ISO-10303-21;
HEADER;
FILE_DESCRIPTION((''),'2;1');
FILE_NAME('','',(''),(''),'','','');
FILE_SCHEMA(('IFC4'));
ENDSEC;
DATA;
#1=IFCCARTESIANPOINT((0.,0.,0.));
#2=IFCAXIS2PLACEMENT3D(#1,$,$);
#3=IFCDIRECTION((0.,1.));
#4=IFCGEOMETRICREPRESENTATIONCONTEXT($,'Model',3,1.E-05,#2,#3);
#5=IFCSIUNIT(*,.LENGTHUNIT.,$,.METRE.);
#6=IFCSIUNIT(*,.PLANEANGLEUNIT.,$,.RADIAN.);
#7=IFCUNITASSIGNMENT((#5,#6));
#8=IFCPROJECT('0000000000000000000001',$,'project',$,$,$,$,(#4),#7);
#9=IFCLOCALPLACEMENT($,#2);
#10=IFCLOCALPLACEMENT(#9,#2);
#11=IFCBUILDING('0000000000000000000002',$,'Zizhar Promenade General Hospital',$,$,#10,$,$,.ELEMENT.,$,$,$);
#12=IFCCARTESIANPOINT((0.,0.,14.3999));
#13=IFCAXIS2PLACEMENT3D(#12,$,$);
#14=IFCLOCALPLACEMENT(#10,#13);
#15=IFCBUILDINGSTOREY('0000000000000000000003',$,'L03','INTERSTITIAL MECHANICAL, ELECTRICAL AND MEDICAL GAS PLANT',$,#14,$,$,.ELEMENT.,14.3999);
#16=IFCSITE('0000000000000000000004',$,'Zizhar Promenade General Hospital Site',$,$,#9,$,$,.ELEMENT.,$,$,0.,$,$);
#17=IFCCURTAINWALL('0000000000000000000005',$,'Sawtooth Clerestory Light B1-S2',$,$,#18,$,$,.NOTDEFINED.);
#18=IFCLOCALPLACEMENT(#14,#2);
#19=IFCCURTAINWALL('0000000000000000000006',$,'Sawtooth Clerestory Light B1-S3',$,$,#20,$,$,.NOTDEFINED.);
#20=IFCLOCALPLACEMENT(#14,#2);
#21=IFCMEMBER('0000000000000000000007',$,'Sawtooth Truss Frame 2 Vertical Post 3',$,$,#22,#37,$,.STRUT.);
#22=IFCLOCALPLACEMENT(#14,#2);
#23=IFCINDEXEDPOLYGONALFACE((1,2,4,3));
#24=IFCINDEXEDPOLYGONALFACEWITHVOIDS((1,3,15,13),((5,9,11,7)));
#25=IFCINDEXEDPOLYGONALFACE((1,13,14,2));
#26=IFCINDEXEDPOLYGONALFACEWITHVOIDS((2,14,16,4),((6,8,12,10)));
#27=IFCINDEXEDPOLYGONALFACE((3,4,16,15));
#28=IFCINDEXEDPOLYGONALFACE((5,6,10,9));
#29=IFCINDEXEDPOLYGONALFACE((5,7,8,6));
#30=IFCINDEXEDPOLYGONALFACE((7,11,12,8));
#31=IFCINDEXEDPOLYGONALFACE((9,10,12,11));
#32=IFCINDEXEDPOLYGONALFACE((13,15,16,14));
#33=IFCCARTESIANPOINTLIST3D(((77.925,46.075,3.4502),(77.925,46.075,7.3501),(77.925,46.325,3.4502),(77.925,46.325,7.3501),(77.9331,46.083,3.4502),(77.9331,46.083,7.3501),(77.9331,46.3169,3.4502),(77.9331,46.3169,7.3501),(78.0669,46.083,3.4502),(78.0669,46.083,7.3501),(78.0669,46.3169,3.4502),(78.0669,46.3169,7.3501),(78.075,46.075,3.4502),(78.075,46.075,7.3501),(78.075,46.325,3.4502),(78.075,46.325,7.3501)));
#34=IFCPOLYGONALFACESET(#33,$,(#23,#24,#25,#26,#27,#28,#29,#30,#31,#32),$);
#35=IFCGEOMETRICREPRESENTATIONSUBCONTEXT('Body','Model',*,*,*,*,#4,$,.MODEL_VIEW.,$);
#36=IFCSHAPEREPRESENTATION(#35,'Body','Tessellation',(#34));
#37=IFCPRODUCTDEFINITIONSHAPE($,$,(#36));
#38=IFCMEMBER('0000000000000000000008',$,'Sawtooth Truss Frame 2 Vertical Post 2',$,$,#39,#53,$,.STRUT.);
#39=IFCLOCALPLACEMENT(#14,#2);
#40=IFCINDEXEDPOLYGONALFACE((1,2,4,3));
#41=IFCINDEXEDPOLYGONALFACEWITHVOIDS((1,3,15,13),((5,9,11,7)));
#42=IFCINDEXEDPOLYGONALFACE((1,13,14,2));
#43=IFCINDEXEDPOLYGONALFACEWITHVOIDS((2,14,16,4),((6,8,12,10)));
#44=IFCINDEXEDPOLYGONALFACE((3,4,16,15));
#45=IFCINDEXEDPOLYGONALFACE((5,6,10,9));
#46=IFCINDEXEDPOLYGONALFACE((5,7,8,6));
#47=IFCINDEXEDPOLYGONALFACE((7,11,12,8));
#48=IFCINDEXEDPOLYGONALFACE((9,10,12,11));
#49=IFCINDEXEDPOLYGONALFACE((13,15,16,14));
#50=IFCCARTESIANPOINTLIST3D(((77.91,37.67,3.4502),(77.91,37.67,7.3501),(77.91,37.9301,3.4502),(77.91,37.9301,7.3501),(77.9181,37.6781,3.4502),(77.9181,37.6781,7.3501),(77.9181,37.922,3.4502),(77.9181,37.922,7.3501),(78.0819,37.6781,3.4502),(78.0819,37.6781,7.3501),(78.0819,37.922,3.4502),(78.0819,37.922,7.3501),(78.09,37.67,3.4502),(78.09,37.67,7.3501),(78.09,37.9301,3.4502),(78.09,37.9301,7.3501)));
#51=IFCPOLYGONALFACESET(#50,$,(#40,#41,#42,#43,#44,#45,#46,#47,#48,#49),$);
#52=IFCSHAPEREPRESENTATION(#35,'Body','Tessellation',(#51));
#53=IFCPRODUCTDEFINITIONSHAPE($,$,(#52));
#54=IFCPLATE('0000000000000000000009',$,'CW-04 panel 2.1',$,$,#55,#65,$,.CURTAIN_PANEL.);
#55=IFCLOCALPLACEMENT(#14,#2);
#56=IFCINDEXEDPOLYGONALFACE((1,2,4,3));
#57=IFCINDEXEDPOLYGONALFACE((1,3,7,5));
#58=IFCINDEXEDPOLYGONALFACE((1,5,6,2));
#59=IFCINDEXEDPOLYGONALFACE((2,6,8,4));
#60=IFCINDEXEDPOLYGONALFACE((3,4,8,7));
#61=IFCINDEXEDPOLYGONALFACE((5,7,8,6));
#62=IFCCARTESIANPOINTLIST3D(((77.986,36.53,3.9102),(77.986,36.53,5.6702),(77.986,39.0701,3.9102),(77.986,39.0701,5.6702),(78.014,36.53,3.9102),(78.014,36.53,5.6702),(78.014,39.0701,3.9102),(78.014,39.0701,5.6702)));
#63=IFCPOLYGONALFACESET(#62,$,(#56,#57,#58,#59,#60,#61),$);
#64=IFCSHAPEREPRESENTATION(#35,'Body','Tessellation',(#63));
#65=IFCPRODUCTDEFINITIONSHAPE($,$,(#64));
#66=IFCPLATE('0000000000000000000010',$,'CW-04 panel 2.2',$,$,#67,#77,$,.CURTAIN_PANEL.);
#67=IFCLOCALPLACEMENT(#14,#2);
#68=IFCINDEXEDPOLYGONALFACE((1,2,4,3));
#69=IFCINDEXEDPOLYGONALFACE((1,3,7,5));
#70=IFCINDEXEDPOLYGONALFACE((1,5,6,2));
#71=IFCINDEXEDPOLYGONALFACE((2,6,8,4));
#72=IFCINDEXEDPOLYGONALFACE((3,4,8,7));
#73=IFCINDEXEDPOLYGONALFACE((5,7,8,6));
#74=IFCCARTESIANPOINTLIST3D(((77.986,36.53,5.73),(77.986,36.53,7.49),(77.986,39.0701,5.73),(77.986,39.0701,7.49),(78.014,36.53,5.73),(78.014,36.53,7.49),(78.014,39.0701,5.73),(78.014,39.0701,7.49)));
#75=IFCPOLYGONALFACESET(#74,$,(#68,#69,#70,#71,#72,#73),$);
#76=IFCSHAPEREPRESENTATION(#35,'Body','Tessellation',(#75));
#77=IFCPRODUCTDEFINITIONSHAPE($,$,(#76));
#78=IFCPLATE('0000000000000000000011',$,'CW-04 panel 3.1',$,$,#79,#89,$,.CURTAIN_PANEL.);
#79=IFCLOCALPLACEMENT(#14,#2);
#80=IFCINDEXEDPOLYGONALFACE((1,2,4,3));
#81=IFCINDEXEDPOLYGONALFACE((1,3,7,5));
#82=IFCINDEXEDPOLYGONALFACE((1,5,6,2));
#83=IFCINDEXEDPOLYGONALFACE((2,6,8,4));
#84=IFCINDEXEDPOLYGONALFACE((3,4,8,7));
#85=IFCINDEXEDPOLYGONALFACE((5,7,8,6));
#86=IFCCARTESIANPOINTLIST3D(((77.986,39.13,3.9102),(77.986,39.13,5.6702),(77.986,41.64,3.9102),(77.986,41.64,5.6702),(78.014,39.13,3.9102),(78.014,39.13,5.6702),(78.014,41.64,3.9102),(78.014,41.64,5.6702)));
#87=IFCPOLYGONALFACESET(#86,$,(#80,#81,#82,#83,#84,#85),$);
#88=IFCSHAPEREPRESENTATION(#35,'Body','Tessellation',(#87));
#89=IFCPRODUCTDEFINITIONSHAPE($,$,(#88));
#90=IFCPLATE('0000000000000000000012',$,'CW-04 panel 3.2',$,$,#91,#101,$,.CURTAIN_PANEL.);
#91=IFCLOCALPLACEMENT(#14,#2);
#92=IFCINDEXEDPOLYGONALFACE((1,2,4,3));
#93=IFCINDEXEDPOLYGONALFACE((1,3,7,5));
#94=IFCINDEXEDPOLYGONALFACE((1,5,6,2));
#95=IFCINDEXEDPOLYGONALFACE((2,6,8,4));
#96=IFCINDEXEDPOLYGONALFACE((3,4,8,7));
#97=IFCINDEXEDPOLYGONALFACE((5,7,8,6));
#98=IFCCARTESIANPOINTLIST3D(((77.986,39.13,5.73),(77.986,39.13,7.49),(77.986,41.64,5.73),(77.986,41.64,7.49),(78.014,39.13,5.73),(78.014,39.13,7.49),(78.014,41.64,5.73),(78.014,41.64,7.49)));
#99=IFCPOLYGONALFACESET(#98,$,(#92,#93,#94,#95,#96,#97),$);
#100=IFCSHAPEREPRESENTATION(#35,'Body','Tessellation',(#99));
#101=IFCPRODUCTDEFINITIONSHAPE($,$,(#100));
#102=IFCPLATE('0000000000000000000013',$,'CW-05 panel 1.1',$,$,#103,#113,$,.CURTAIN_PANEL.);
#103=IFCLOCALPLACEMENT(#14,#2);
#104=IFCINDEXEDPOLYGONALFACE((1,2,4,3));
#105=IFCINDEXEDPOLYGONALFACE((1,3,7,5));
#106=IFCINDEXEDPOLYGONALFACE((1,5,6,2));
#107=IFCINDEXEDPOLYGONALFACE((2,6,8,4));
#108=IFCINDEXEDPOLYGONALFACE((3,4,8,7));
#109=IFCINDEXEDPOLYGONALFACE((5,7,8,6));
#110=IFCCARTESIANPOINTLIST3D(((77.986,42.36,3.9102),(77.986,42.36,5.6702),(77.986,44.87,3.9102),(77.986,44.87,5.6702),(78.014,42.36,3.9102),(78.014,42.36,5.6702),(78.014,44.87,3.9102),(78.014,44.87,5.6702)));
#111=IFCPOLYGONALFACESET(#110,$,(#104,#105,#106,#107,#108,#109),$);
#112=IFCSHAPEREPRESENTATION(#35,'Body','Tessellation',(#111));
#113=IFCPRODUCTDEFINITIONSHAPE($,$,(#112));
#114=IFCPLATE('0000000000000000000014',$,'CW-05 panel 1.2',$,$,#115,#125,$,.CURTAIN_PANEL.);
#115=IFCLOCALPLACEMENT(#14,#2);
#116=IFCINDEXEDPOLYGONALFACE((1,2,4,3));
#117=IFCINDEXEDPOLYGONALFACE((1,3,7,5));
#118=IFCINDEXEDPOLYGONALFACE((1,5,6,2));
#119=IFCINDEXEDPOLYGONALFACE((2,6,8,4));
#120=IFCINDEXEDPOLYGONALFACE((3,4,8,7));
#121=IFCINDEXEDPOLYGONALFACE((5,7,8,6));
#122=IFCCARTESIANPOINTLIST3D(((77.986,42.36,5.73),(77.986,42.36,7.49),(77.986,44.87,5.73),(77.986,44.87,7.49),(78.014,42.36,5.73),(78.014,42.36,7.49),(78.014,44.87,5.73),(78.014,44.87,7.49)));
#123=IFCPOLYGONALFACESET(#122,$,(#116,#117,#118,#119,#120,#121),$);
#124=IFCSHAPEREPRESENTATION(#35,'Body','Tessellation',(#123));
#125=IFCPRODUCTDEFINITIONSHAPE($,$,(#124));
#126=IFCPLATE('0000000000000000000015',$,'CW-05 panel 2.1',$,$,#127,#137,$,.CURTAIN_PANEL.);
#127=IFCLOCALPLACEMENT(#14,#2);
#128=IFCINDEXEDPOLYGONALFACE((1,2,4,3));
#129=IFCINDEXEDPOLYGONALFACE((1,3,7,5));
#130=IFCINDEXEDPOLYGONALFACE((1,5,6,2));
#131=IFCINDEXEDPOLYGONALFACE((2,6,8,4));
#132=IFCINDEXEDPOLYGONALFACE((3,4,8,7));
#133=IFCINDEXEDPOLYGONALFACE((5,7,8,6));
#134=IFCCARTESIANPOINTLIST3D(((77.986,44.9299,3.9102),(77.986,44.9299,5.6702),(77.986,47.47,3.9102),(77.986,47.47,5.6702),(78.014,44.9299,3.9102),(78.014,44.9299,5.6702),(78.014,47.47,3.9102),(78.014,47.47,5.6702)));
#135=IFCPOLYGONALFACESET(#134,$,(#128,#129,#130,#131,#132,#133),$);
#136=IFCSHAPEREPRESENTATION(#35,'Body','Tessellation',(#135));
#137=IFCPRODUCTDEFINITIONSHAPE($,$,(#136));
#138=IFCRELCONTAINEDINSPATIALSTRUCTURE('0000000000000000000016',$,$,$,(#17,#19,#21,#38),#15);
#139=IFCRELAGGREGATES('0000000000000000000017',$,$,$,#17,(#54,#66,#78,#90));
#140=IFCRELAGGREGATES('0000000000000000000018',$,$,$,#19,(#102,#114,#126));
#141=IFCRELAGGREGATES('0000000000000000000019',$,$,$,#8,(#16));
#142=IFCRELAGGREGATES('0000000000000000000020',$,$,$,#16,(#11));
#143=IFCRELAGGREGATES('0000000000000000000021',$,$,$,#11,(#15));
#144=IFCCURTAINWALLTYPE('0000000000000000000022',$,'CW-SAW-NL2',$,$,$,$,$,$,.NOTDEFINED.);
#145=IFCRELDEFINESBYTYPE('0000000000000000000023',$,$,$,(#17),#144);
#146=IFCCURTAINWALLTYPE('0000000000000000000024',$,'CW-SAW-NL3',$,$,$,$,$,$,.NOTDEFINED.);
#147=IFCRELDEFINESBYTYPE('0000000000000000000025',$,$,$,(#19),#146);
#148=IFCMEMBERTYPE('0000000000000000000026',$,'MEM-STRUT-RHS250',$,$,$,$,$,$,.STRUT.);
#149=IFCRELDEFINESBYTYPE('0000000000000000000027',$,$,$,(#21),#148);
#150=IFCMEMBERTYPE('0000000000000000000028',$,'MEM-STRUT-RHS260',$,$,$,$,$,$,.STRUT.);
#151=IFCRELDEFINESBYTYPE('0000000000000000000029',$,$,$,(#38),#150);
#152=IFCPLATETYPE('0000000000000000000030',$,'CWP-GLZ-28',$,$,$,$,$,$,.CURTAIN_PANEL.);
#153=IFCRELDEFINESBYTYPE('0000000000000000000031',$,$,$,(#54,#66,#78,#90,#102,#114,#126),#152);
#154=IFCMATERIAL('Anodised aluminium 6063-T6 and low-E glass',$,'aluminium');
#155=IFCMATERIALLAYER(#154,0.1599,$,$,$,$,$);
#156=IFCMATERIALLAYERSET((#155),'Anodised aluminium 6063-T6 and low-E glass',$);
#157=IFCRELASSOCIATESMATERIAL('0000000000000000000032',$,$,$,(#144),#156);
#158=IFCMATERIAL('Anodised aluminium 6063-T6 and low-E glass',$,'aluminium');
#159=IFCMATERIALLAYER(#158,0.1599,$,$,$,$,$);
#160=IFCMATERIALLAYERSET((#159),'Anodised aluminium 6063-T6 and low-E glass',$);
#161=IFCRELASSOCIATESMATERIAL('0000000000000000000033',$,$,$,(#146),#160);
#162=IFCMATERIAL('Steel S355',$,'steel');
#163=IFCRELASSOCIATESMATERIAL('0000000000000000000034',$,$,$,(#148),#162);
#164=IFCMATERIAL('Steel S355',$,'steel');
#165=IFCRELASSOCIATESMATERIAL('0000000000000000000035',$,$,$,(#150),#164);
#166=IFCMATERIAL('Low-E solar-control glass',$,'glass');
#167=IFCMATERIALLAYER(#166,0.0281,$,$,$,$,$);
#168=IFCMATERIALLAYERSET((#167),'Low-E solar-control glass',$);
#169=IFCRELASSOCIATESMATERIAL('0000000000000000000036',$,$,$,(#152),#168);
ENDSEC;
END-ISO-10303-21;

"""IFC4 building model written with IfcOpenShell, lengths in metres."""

from ifc_helpers import new_model, si_unit, direction, frame, origin, origin_2d, place, context, subcontext, project, spatial, rectangle, hollow_rectangle, extrude, material, layer, layer_set, material_profile, profile_set, type_object, element, aggregate, save


model = new_model("IFC4")

# Units and contexts
model_context = context("Model", 3, precision=1e-05, world=origin(), true_north=direction((0.0, 1.0)))
body_context = subcontext(model_context, "Body", "Model", "MODEL_VIEW")
ifc_project = project(units=[si_unit("LENGTHUNIT", "METRE"), si_unit("PLANEANGLEUNIT", "RADIAN")], contexts=[model_context])

# Site, building, storey
site_placement = place(None, origin())
site = spatial("IfcSite", under=ifc_project, at=site_placement, Name="Zizhar Promenade General Hospital Site", CompositionType="ELEMENT", RefElevation=0.0)
building_placement = place(site_placement, origin())
building = spatial("IfcBuilding", under=site, at=building_placement, Name="Zizhar Promenade General Hospital", CompositionType="ELEMENT")
storey_placement = place(building_placement, frame((0.0, 0.0, 14.3999)))
storey = spatial("IfcBuildingStorey", under=building, at=storey_placement, Name="L03", Description="INTERSTITIAL MECHANICAL, ELECTRICAL AND MEDICAL GAS PLANT", CompositionType="ELEMENT", Elevation=14.3999)

# Curtain walls
ifc_material_1 = material(Name="Anodised aluminium 6063-T6 and low-E glass", Category="aluminium")
ifc_layer_1 = layer(ifc_material_1, 0.1599)
ifc_layer_set_1 = layer_set([ifc_layer_1], Name="Anodised aluminium 6063-T6 and low-E glass")
curtain_wall_type_1 = type_object("IfcCurtainWallType", Name="CW-SAW-NL2", PredefinedType="NOTDEFINED", material=ifc_layer_set_1)
curtain_wall_1_placement = place(storey_placement, origin())
curtain_wall_1 = element("IfcCurtainWall", 1, at=curtain_wall_1_placement, inside=storey, type_object=curtain_wall_type_1, Name="Sawtooth Clerestory Light B1-S2", PredefinedType="NOTDEFINED")
ifc_material_2 = material(Name="Anodised aluminium 6063-T6 and low-E glass", Category="aluminium")
ifc_layer_2 = layer(ifc_material_2, 0.1599)
ifc_layer_set_2 = layer_set([ifc_layer_2], Name="Anodised aluminium 6063-T6 and low-E glass")
curtain_wall_type_2 = type_object("IfcCurtainWallType", Name="CW-SAW-NL3", PredefinedType="NOTDEFINED", material=ifc_layer_set_2)
curtain_wall_2_placement = place(storey_placement, origin())
curtain_wall_2 = element("IfcCurtainWall", 2, at=curtain_wall_2_placement, inside=storey, type_object=curtain_wall_type_2, Name="Sawtooth Clerestory Light B1-S3", PredefinedType="NOTDEFINED")

# Members
ifc_material_3 = material(Name="Steel S355", Category="steel")
ifc_material_profile_1 = material_profile(ifc_material_3, hollow_rectangle(XDim=0.1499, YDim=0.25, WallThickness=0.0081, at=origin_2d()))
ifc_profile_set_1 = profile_set([ifc_material_profile_1], Name="Steel S355")
member_type_1 = type_object("IfcMemberType", Name="MEM-STRUT-RHS250", PredefinedType="STRUT", material=ifc_profile_set_1)
member_1_placement = place(storey_placement, frame((78.0, 46.2, 3.4502), z_axis=(0.0, 0.0, 1.0), x_axis=(1.0, 0.0, 0.0)))
element("IfcMember", 3, at=member_1_placement, inside=storey, type_object=member_type_1, Name="Sawtooth Truss Frame 2 Vertical Post 3", PredefinedType="STRUT", context=body_context, shape_type="SweptSolid", body=[
    extrude(hollow_rectangle(XDim=0.1499, YDim=0.25, WallThickness=0.0081, at=origin_2d()), origin(), (0.0, 0.0, 1.0), 3.8999),
])
ifc_material_4 = material(Name="Steel S355", Category="steel")
ifc_material_profile_2 = material_profile(ifc_material_4, hollow_rectangle(XDim=0.1799, YDim=0.26, WallThickness=0.0081, at=origin_2d()))
ifc_profile_set_2 = profile_set([ifc_material_profile_2], Name="Steel S355")
member_type_2 = type_object("IfcMemberType", Name="MEM-STRUT-RHS260", PredefinedType="STRUT", material=ifc_profile_set_2)
member_2_placement = place(storey_placement, frame((78.0, 37.8, 3.4502), z_axis=(0.0, 0.0, 1.0), x_axis=(1.0, 0.0, 0.0)))
element("IfcMember", 4, at=member_2_placement, inside=storey, type_object=member_type_2, Name="Sawtooth Truss Frame 2 Vertical Post 2", PredefinedType="STRUT", context=body_context, shape_type="SweptSolid", body=[
    extrude(hollow_rectangle(XDim=0.1799, YDim=0.26, WallThickness=0.0081, at=origin_2d()), origin(), (0.0, 0.0, 1.0), 3.8999),
])

# Plates
ifc_material_5 = material(Name="Low-E solar-control glass", Category="glass")
ifc_layer_3 = layer(ifc_material_5, 0.0281)
ifc_layer_set_3 = layer_set([ifc_layer_3], Name="Low-E solar-control glass")
plate_type = type_object("IfcPlateType", Name="CWP-GLZ-28", PredefinedType="CURTAIN_PANEL", material=ifc_layer_set_3)
plate_1_placement = place(storey_placement, frame((78.0, 37.8, 3.9102), z_axis=(0.0, 0.0, 1.0), x_axis=(0.0, 1.0, 0.0)))
plate_1 = element("IfcPlate", 5, at=plate_1_placement, type_object=plate_type, Name="CW-04 panel 2.1", PredefinedType="CURTAIN_PANEL", context=body_context, shape_type="SweptSolid", body=[
    extrude(rectangle(XDim=2.54, YDim=0.0281, at=origin_2d()), origin(), (0.0, 0.0, 1.0), 1.76),
])
plate_2_placement = place(storey_placement, frame((78.0, 37.8, 5.73), z_axis=(0.0, 0.0, 1.0), x_axis=(0.0, 1.0, 0.0)))
plate_2 = element("IfcPlate", 6, at=plate_2_placement, type_object=plate_type, Name="CW-04 panel 2.2", PredefinedType="CURTAIN_PANEL", context=body_context, shape_type="SweptSolid", body=[
    extrude(rectangle(XDim=2.54, YDim=0.0281, at=origin_2d()), origin(), (0.0, 0.0, 1.0), 1.76),
])
plate_3_placement = place(storey_placement, frame((78.0, 40.385, 3.9102), z_axis=(0.0, 0.0, 1.0), x_axis=(0.0, 1.0, 0.0)))
plate_3 = element("IfcPlate", 7, at=plate_3_placement, type_object=plate_type, Name="CW-04 panel 3.1", PredefinedType="CURTAIN_PANEL", context=body_context, shape_type="SweptSolid", body=[
    extrude(rectangle(XDim=2.51, YDim=0.0281, at=origin_2d()), origin(), (0.0, 0.0, 1.0), 1.76),
])
plate_4_placement = place(storey_placement, frame((78.0, 40.385, 5.73), z_axis=(0.0, 0.0, 1.0), x_axis=(0.0, 1.0, 0.0)))
plate_4 = element("IfcPlate", 8, at=plate_4_placement, type_object=plate_type, Name="CW-04 panel 3.2", PredefinedType="CURTAIN_PANEL", context=body_context, shape_type="SweptSolid", body=[
    extrude(rectangle(XDim=2.51, YDim=0.0281, at=origin_2d()), origin(), (0.0, 0.0, 1.0), 1.76),
])
aggregate(curtain_wall_1, [plate_1, plate_2, plate_3, plate_4])
plate_5_placement = place(storey_placement, frame((78.0, 43.615, 3.9102), z_axis=(0.0, 0.0, 1.0), x_axis=(0.0, 1.0, 0.0)))
plate_5 = element("IfcPlate", 9, at=plate_5_placement, type_object=plate_type, Name="CW-05 panel 1.1", PredefinedType="CURTAIN_PANEL", context=body_context, shape_type="SweptSolid", body=[
    extrude(rectangle(XDim=2.51, YDim=0.0281, at=origin_2d()), origin(), (0.0, 0.0, 1.0), 1.76),
])
plate_6_placement = place(storey_placement, frame((78.0, 43.615, 5.73), z_axis=(0.0, 0.0, 1.0), x_axis=(0.0, 1.0, 0.0)))
plate_6 = element("IfcPlate", 10, at=plate_6_placement, type_object=plate_type, Name="CW-05 panel 1.2", PredefinedType="CURTAIN_PANEL", context=body_context, shape_type="SweptSolid", body=[
    extrude(rectangle(XDim=2.51, YDim=0.0281, at=origin_2d()), origin(), (0.0, 0.0, 1.0), 1.76),
])
plate_7_placement = place(storey_placement, frame((78.0, 46.2, 3.9102), z_axis=(0.0, 0.0, 1.0), x_axis=(0.0, 1.0, 0.0)))
plate_7 = element("IfcPlate", 11, at=plate_7_placement, type_object=plate_type, Name="CW-05 panel 2.1", PredefinedType="CURTAIN_PANEL", context=body_context, shape_type="SweptSolid", body=[
    extrude(rectangle(XDim=2.54, YDim=0.0281, at=origin_2d()), origin(), (0.0, 0.0, 1.0), 1.76),
])
aggregate(curtain_wall_2, [plate_5, plate_6, plate_7])

save(model, "model.ifc")
